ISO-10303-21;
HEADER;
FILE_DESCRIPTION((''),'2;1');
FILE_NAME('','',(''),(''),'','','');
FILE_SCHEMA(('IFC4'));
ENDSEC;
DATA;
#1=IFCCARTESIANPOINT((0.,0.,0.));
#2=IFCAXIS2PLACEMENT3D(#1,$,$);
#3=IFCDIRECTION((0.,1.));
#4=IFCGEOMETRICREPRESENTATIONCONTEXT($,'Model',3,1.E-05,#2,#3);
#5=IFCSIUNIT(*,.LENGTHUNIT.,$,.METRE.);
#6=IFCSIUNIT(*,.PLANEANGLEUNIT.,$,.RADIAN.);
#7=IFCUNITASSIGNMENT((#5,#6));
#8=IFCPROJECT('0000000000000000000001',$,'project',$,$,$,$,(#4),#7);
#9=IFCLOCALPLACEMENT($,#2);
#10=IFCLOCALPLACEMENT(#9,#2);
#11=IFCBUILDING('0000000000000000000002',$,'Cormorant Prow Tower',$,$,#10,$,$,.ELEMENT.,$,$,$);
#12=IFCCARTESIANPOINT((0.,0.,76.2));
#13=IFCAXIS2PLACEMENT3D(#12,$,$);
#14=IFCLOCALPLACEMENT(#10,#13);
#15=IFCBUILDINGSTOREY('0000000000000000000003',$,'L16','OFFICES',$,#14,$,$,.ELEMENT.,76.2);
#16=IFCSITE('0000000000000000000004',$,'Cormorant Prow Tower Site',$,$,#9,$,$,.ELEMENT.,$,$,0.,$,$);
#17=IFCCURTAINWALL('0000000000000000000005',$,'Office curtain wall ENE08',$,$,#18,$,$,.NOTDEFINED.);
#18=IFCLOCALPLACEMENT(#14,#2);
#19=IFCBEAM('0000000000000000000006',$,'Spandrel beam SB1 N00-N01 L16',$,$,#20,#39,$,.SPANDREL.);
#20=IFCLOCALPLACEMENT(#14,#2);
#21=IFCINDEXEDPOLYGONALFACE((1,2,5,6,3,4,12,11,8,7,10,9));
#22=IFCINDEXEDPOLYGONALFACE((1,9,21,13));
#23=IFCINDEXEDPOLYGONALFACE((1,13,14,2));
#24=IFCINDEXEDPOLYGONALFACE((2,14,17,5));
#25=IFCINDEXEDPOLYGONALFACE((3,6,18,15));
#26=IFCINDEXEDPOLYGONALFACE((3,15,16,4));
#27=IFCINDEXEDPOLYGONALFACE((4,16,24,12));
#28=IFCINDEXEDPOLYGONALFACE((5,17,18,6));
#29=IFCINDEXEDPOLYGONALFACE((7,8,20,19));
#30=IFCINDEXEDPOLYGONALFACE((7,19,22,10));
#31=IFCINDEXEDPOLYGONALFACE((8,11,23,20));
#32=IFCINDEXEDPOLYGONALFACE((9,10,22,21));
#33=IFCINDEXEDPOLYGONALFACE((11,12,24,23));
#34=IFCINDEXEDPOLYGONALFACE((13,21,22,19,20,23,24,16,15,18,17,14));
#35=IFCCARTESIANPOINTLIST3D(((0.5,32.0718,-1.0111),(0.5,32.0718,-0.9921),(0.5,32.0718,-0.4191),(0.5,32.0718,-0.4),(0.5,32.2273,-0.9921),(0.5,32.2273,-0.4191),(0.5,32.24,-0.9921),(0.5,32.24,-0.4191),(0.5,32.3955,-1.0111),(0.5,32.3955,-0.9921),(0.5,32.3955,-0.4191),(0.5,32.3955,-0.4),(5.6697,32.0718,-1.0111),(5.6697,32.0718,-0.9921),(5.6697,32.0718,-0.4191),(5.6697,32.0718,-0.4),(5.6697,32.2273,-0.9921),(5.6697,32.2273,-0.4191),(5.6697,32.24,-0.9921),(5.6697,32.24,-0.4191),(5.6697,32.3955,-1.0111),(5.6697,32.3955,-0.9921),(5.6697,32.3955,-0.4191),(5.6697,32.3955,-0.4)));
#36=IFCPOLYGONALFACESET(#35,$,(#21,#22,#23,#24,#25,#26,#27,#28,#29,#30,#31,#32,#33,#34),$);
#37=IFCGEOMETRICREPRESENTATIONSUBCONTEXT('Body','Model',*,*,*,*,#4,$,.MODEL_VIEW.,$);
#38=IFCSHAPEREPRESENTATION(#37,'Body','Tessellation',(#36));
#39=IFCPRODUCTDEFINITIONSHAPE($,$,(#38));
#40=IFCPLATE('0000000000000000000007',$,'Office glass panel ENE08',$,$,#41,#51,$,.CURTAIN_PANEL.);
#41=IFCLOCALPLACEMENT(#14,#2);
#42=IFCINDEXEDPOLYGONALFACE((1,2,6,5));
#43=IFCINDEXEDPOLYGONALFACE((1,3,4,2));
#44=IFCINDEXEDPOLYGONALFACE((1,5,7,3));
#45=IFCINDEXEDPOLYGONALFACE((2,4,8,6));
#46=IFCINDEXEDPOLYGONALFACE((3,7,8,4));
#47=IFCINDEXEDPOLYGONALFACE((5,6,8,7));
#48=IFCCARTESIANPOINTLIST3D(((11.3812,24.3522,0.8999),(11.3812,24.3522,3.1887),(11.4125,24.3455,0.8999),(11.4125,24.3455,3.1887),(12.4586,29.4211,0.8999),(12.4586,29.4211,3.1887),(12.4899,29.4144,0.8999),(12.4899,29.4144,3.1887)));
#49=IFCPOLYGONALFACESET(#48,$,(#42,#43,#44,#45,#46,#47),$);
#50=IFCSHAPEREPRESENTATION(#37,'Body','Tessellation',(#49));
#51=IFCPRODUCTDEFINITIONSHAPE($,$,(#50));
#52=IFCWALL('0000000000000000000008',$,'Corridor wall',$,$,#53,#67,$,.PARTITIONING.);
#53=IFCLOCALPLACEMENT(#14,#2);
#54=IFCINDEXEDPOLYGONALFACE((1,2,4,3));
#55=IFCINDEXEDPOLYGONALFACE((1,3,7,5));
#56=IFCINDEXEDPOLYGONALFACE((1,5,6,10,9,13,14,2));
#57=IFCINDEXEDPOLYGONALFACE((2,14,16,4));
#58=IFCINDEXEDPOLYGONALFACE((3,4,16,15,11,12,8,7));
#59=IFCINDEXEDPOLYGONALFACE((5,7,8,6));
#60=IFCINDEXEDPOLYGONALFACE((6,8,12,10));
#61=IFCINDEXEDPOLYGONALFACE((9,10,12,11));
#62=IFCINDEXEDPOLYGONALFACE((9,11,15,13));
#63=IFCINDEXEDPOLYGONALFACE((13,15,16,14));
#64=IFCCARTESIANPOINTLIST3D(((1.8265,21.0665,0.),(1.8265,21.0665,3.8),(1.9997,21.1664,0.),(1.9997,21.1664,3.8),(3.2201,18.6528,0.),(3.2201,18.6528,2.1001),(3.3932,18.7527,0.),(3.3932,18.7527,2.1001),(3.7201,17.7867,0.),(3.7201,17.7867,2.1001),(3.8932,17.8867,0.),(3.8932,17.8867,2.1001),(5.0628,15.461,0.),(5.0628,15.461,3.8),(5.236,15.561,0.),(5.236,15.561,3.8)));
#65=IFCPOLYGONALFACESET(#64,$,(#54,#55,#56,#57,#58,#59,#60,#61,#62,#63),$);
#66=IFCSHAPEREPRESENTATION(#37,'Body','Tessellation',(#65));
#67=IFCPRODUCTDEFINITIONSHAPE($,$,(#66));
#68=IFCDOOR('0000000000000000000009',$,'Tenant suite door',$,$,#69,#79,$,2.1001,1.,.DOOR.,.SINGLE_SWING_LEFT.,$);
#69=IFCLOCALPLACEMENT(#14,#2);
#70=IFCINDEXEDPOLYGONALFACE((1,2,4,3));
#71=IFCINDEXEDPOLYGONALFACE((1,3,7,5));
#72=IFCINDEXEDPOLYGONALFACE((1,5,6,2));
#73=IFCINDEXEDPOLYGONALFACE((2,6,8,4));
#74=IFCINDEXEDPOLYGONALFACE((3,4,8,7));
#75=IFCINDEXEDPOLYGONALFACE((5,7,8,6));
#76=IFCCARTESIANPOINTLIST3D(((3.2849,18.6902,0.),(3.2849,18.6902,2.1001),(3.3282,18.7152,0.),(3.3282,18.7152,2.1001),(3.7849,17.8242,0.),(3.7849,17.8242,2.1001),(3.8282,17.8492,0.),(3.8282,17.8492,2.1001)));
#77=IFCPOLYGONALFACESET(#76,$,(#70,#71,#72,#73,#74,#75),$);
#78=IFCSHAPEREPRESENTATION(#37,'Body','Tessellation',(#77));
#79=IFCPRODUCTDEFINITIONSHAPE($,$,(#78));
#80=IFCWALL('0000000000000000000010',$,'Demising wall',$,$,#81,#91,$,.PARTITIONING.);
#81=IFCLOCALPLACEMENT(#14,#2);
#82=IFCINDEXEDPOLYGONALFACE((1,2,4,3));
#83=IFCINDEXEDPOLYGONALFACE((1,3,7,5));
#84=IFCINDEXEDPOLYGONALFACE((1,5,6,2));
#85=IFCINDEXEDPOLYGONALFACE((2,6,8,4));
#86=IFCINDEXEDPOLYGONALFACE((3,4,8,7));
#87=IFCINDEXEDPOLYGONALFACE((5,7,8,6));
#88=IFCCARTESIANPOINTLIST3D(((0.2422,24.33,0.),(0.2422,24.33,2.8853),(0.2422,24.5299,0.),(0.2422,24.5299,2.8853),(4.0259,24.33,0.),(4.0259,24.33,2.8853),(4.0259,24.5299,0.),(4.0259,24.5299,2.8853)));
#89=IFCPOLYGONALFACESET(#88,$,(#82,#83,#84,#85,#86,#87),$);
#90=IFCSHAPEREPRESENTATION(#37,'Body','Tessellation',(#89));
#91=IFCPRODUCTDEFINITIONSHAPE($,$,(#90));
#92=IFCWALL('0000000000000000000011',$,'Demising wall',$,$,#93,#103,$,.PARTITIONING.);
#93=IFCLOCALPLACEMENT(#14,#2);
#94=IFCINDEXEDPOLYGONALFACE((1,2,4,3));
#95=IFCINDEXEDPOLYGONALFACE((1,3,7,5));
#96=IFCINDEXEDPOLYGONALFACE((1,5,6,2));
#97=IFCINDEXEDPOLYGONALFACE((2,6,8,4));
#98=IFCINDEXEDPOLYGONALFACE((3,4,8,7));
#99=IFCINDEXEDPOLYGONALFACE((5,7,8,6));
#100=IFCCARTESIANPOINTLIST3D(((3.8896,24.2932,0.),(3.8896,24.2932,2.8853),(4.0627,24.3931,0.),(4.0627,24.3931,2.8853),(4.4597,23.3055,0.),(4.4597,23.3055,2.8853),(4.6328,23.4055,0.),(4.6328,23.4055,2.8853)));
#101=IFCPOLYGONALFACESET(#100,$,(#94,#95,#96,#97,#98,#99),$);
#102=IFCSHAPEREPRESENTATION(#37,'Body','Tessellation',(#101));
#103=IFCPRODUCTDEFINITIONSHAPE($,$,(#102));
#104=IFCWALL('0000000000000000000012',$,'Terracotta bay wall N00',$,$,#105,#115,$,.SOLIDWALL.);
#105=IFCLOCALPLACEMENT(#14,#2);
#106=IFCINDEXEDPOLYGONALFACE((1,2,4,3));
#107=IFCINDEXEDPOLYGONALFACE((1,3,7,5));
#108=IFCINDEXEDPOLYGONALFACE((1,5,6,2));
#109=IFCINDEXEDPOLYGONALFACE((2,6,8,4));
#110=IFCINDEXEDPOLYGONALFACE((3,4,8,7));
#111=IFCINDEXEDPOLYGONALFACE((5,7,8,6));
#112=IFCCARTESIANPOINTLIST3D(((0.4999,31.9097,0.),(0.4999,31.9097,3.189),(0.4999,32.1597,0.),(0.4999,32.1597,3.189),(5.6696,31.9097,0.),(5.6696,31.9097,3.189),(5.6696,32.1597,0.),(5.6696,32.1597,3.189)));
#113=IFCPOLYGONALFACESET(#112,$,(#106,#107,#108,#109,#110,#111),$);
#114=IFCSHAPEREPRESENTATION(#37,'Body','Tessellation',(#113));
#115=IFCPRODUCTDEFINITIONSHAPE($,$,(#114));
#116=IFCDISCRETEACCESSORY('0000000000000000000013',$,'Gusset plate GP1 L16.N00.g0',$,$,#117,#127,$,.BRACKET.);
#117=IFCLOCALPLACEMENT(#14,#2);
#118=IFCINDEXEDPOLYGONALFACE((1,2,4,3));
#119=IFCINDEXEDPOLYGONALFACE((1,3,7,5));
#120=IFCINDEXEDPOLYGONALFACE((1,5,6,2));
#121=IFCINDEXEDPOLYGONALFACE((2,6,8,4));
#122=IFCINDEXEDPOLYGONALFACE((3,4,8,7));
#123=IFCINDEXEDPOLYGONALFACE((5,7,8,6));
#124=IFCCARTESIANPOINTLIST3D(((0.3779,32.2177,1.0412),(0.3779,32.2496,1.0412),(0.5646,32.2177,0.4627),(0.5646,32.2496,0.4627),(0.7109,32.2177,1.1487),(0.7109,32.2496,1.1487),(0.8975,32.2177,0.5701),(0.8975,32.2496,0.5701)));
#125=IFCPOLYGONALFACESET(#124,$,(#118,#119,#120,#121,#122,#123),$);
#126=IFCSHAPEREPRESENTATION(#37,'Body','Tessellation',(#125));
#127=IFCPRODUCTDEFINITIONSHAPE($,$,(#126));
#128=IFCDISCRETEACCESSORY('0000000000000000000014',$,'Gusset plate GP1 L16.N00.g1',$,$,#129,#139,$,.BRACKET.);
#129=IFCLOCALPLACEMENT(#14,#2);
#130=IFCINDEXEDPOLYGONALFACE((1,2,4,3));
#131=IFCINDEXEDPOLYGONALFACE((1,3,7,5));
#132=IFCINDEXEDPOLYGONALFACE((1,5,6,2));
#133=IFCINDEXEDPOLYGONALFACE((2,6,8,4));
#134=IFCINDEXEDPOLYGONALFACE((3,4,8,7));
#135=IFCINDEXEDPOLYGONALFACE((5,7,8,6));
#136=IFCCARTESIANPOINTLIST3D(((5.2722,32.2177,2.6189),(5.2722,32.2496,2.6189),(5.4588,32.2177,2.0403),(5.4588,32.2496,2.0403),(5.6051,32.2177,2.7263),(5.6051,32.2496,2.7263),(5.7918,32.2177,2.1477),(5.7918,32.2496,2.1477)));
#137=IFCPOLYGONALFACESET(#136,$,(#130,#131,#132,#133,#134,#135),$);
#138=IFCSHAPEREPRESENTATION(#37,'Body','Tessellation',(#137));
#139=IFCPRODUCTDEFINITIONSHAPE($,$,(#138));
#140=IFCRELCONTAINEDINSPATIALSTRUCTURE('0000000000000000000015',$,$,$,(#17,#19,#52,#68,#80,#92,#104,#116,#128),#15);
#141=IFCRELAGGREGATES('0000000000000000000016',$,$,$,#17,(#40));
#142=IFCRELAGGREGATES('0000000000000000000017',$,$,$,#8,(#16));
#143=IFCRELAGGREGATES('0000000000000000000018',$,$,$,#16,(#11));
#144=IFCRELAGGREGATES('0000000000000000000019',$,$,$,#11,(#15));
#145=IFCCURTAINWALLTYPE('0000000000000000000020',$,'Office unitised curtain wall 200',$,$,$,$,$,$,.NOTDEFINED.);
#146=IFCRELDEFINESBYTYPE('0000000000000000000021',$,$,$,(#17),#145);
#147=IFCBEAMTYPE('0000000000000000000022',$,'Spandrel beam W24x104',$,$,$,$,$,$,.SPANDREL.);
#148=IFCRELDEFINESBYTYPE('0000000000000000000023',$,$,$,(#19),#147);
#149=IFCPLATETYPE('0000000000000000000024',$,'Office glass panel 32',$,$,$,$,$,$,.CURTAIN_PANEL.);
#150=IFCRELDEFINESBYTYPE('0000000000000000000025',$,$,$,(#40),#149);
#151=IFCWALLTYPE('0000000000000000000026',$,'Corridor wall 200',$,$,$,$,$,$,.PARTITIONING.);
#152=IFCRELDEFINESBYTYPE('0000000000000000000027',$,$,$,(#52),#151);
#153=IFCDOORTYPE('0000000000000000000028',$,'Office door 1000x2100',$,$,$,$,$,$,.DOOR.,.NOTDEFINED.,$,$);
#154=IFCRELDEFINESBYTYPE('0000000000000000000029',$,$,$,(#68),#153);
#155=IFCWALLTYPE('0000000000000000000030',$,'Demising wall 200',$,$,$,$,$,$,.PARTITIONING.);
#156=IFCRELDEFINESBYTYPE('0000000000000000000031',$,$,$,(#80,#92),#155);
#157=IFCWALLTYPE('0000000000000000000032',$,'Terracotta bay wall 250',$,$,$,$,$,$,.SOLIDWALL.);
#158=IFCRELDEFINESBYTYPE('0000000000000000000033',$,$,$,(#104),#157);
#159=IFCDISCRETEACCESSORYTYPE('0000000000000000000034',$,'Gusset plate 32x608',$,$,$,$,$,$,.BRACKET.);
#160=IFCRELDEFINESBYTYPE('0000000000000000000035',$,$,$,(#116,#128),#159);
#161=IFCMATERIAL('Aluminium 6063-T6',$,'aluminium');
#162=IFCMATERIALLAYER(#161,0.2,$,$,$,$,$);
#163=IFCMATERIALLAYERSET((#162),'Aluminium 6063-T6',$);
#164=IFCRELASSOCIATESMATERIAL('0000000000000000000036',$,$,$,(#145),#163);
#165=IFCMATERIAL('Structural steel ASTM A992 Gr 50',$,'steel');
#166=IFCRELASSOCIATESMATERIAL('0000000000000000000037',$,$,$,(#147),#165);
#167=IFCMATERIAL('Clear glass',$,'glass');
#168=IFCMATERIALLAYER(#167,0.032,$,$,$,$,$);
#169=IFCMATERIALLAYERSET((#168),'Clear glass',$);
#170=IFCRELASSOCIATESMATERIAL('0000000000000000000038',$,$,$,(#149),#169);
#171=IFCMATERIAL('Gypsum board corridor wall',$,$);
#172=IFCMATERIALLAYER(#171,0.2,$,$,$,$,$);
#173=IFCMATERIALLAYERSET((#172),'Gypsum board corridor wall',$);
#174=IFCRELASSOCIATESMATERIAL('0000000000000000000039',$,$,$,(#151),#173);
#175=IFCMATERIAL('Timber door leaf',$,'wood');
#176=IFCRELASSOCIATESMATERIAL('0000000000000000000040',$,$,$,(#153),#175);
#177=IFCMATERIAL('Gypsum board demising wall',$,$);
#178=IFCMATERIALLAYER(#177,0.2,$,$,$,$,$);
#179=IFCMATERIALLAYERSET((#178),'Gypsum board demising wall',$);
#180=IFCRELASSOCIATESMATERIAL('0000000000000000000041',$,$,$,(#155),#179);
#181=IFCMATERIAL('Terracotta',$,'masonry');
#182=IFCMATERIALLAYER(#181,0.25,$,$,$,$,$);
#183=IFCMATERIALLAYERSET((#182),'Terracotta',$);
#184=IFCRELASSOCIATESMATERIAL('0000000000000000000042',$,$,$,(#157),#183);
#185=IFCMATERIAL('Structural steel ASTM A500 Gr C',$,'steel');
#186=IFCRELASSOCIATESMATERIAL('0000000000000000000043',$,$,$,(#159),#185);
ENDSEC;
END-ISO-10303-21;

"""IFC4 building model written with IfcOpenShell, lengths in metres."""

from ifc_helpers import new_model, si_unit, direction, frame, frame_2d, origin, origin_2d, place, context, subcontext, project, spatial, rectangle, i_section, extrude, material, layer, layer_set, material_profile, profile_set, type_object, element, fill, aggregate, save


model = new_model("IFC4")

# Units and contexts
model_context = context("Model", 3, precision=1e-05, world=origin(), true_north=direction((0.0, 1.0)))
body_context = subcontext(model_context, "Body", "Model", "MODEL_VIEW")
ifc_project = project(units=[si_unit("LENGTHUNIT", "METRE"), si_unit("PLANEANGLEUNIT", "RADIAN")], contexts=[model_context])

# Site, building, storey
site_placement = place(None, origin())
site = spatial("IfcSite", under=ifc_project, at=site_placement, Name="Cormorant Prow Tower Site", CompositionType="ELEMENT", RefElevation=0.0)
building_placement = place(site_placement, origin())
building = spatial("IfcBuilding", under=site, at=building_placement, Name="Cormorant Prow Tower", CompositionType="ELEMENT")
storey_placement = place(building_placement, frame((0.0, 0.0, 76.2)))
storey = spatial("IfcBuildingStorey", under=building, at=storey_placement, Name="L16", Description="OFFICES", CompositionType="ELEMENT", Elevation=76.2)

# Curtain wall
ifc_material_1 = material(Name="Aluminium 6063-T6", Category="aluminium")
ifc_layer_1 = layer(ifc_material_1, 0.2)
ifc_layer_set_1 = layer_set([ifc_layer_1], Name="Aluminium 6063-T6")
curtain_wall_type = type_object("IfcCurtainWallType", Name="Office unitised curtain wall 200", PredefinedType="NOTDEFINED", material=ifc_layer_set_1)
curtain_wall_placement = place(storey_placement, origin())
curtain_wall = element("IfcCurtainWall", 1, at=curtain_wall_placement, inside=storey, type_object=curtain_wall_type, Name="Office curtain wall ENE08", PredefinedType="NOTDEFINED")

# Beam
ifc_material_2 = material(Name="Structural steel ASTM A992 Gr 50", Category="steel")
ifc_material_profile_1 = material_profile(ifc_material_2, i_section(OverallWidth=0.3237, OverallDepth=0.6111, WebThickness=0.0127, FlangeThickness=0.019, at=origin_2d()), Name="W24x104")
ifc_profile_set_1 = profile_set([ifc_material_profile_1], Name="Structural steel ASTM A992 Gr 50")
beam_type = type_object("IfcBeamType", Name="Spandrel beam W24x104", PredefinedType="SPANDREL", material=ifc_profile_set_1)
beam_1_placement = place(storey_placement, frame((5.6697, 32.2336, -0.7056), z_axis=(-1.0, 0.0, 0.0), x_axis=(0.0, -1.0, 0.0)))
element("IfcBeam", 2, at=beam_1_placement, inside=storey, type_object=beam_type, Name="Spandrel beam SB1 N00-N01 L16", PredefinedType="SPANDREL", context=body_context, shape_type="SweptSolid", body=[
    extrude(i_section(OverallWidth=0.3237, OverallDepth=0.6111, WebThickness=0.0127, FlangeThickness=0.019, at=origin_2d()), origin(), (0.0, 0.0, 1.0), 5.1697),
])

# Plate
ifc_material_3 = material(Name="Clear glass", Category="glass")
ifc_layer_2 = layer(ifc_material_3, 0.032)
ifc_layer_set_2 = layer_set([ifc_layer_2], Name="Clear glass")
plate_type = type_object("IfcPlateType", Name="Office glass panel 32", PredefinedType="CURTAIN_PANEL", material=ifc_layer_set_2)
plate_placement = place(storey_placement, frame((11.9355, 26.8833, 0.8999), z_axis=(0.0, 0.0, 1.0), x_axis=(0.207912, 0.978148, 0.0)))
plate = element("IfcPlate", 3, at=plate_placement, type_object=plate_type, Name="Office glass panel ENE08", PredefinedType="CURTAIN_PANEL", context=body_context, shape_type="SweptSolid", body=[
    extrude(rectangle(XDim=5.1821, YDim=0.032, at=origin_2d()), origin(), (0.0, 0.0, 1.0), 2.2888),
])
aggregate(curtain_wall, [plate])

# Wall, opening, door
ifc_material_4 = material(Name="Gypsum board corridor wall")
ifc_layer_3 = layer(ifc_material_4, 0.2)
ifc_layer_set_3 = layer_set([ifc_layer_3], Name="Gypsum board corridor wall")
wall_type_1 = type_object("IfcWallType", Name="Corridor wall 200", PredefinedType="PARTITIONING", material=ifc_layer_set_3)
wall_1_placement = place(storey_placement, frame((1.9131, 21.1165, 0.0), z_axis=(0.0, 0.0, 1.0), x_axis=(0.500001, -0.866025, 0.0)))
wall_1 = element("IfcWall", 4, at=wall_1_placement, inside=storey, type_object=wall_type_1, Name="Corridor wall", PredefinedType="PARTITIONING", context=body_context, shape_type="SweptSolid", body=[
    extrude(rectangle(XDim=6.4727, YDim=0.2, at=frame_2d((3.2363, 0.0))), origin(), (0.0, 0.0, 1.0), 3.8),
])
opening_1_placement = place(wall_1_placement, frame((2.7871, 0.0, 0.0)))
opening_1 = element("IfcOpeningElement", 5, at=opening_1_placement, cuts=wall_1, PredefinedType="OPENING", context=body_context, shape_type="SweptSolid", body=[
    extrude(rectangle(XDim=1.0, YDim=2.1001, at=frame_2d((0.5, 1.05))), frame((0.0, 0.1099, 0.0), z_axis=(0.0, -1.0, 0.0), x_axis=(1.0, 0.0, 0.0)), (0.0, 0.0, 1.0), 0.22),
])
ifc_material_5 = material(Name="Timber door leaf", Category="wood")
door_type_1 = type_object("IfcDoorType", Name="Office door 1000x2100", OperationType="NOTDEFINED", PredefinedType="DOOR", material=ifc_material_5)
door_1_placement = place(opening_1_placement, origin())
door_1 = element("IfcDoor", 6, at=door_1_placement, inside=storey, type_object=door_type_1, Name="Tenant suite door", OperationType="SINGLE_SWING_LEFT", OverallHeight=2.1001, OverallWidth=1.0, PredefinedType="DOOR", context=body_context, shape_type="SweptSolid", body=[
    extrude(rectangle(XDim=1.0, YDim=2.1001, at=frame_2d((0.5, 1.05))), frame((0.0, 0.0249, 0.0), z_axis=(0.0, -1.0, 0.0), x_axis=(1.0, 0.0, 0.0)), (0.0, 0.0, 1.0), 0.05),
])
fill(opening_1, door_1)

# Walls
ifc_material_6 = material(Name="Gypsum board demising wall")
ifc_layer_4 = layer(ifc_material_6, 0.2)
ifc_layer_set_4 = layer_set([ifc_layer_4], Name="Gypsum board demising wall")
wall_type_2 = type_object("IfcWallType", Name="Demising wall 200", PredefinedType="PARTITIONING", material=ifc_layer_set_4)
wall_2_placement = place(storey_placement, frame((0.2422, 24.4299, 0.0), z_axis=(0.0, 0.0, 1.0), x_axis=(1.0, 0.0, 0.0)))
element("IfcWall", 7, at=wall_2_placement, inside=storey, type_object=wall_type_2, Name="Demising wall", PredefinedType="PARTITIONING", context=body_context, shape_type="SweptSolid", body=[
    extrude(rectangle(XDim=3.7837, YDim=0.2, at=frame_2d((1.8918, 0.0))), origin(), (0.0, 0.0, 1.0), 2.8853),
])
wall_3_placement = place(storey_placement, frame((3.9761, 24.3433, 0.0), z_axis=(0.0, 0.0, 1.0), x_axis=(0.499939, -0.866061, 0.0)))
element("IfcWall", 8, at=wall_3_placement, inside=storey, type_object=wall_type_2, Name="Demising wall", PredefinedType="PARTITIONING", context=body_context, shape_type="SweptSolid", body=[
    extrude(rectangle(XDim=1.1404, YDim=0.2, at=frame_2d((0.5703, 0.0))), origin(), (0.0, 0.0, 1.0), 2.8853),
])
ifc_material_7 = material(Name="Terracotta", Category="masonry")
ifc_layer_5 = layer(ifc_material_7, 0.25)
ifc_layer_set_5 = layer_set([ifc_layer_5], Name="Terracotta")
wall_type_3 = type_object("IfcWallType", Name="Terracotta bay wall 250", PredefinedType="SOLIDWALL", material=ifc_layer_set_5)
wall_4_placement = place(storey_placement, frame((5.6697, 32.0347, 0.0), z_axis=(0.0, 0.0, 1.0), x_axis=(-1.0, 0.0, 0.0)))
element("IfcWall", 9, at=wall_4_placement, inside=storey, type_object=wall_type_3, Name="Terracotta bay wall N00", PredefinedType="SOLIDWALL", context=body_context, shape_type="SweptSolid", body=[
    extrude(rectangle(XDim=5.1697, YDim=0.25, at=frame_2d((2.585, 0.0))), origin(), (0.0, 0.0, 1.0), 3.189),
])

# Discrete accessories
ifc_material_8 = material(Name="Structural steel ASTM A500 Gr C", Category="steel")
ifc_material_profile_2 = material_profile(ifc_material_8, rectangle(XDim=0.032, YDim=0.6079, at=origin_2d()), Name="Gusset plate 32x608")
ifc_profile_set_2 = profile_set([ifc_material_profile_2], Name="Structural steel ASTM A500 Gr C")
discrete_accessory_type = type_object("IfcDiscreteAccessoryType", Name="Gusset plate 32x608", PredefinedType="BRACKET", material=ifc_profile_set_2)
for number, where, z_axis, x_axis, name in (
    (10, (0.8042, 32.2336, 0.8594), (-0.951709, 0.0, -0.307003), (0.0, -1.0, 0.0), "Gusset plate GP1 L16.N00.g0"),
    (11, (5.3655, 32.2336, 2.3296), (0.951709, 0.0, 0.307003), (0.0, 1.0, 0.0), "Gusset plate GP1 L16.N00.g1"),
):
    element("IfcDiscreteAccessory", number, at=place(storey_placement, frame(where, z_axis=z_axis, x_axis=x_axis)), inside=storey, type_object=discrete_accessory_type, Name=name, PredefinedType="BRACKET", context=body_context, shape_type="SweptSolid", body=[
        extrude(rectangle(XDim=0.032, YDim=0.6079, at=origin_2d()), origin(), (0.0, 0.0, 1.0), 0.3499),
    ])

save(model, "model.ifc")
